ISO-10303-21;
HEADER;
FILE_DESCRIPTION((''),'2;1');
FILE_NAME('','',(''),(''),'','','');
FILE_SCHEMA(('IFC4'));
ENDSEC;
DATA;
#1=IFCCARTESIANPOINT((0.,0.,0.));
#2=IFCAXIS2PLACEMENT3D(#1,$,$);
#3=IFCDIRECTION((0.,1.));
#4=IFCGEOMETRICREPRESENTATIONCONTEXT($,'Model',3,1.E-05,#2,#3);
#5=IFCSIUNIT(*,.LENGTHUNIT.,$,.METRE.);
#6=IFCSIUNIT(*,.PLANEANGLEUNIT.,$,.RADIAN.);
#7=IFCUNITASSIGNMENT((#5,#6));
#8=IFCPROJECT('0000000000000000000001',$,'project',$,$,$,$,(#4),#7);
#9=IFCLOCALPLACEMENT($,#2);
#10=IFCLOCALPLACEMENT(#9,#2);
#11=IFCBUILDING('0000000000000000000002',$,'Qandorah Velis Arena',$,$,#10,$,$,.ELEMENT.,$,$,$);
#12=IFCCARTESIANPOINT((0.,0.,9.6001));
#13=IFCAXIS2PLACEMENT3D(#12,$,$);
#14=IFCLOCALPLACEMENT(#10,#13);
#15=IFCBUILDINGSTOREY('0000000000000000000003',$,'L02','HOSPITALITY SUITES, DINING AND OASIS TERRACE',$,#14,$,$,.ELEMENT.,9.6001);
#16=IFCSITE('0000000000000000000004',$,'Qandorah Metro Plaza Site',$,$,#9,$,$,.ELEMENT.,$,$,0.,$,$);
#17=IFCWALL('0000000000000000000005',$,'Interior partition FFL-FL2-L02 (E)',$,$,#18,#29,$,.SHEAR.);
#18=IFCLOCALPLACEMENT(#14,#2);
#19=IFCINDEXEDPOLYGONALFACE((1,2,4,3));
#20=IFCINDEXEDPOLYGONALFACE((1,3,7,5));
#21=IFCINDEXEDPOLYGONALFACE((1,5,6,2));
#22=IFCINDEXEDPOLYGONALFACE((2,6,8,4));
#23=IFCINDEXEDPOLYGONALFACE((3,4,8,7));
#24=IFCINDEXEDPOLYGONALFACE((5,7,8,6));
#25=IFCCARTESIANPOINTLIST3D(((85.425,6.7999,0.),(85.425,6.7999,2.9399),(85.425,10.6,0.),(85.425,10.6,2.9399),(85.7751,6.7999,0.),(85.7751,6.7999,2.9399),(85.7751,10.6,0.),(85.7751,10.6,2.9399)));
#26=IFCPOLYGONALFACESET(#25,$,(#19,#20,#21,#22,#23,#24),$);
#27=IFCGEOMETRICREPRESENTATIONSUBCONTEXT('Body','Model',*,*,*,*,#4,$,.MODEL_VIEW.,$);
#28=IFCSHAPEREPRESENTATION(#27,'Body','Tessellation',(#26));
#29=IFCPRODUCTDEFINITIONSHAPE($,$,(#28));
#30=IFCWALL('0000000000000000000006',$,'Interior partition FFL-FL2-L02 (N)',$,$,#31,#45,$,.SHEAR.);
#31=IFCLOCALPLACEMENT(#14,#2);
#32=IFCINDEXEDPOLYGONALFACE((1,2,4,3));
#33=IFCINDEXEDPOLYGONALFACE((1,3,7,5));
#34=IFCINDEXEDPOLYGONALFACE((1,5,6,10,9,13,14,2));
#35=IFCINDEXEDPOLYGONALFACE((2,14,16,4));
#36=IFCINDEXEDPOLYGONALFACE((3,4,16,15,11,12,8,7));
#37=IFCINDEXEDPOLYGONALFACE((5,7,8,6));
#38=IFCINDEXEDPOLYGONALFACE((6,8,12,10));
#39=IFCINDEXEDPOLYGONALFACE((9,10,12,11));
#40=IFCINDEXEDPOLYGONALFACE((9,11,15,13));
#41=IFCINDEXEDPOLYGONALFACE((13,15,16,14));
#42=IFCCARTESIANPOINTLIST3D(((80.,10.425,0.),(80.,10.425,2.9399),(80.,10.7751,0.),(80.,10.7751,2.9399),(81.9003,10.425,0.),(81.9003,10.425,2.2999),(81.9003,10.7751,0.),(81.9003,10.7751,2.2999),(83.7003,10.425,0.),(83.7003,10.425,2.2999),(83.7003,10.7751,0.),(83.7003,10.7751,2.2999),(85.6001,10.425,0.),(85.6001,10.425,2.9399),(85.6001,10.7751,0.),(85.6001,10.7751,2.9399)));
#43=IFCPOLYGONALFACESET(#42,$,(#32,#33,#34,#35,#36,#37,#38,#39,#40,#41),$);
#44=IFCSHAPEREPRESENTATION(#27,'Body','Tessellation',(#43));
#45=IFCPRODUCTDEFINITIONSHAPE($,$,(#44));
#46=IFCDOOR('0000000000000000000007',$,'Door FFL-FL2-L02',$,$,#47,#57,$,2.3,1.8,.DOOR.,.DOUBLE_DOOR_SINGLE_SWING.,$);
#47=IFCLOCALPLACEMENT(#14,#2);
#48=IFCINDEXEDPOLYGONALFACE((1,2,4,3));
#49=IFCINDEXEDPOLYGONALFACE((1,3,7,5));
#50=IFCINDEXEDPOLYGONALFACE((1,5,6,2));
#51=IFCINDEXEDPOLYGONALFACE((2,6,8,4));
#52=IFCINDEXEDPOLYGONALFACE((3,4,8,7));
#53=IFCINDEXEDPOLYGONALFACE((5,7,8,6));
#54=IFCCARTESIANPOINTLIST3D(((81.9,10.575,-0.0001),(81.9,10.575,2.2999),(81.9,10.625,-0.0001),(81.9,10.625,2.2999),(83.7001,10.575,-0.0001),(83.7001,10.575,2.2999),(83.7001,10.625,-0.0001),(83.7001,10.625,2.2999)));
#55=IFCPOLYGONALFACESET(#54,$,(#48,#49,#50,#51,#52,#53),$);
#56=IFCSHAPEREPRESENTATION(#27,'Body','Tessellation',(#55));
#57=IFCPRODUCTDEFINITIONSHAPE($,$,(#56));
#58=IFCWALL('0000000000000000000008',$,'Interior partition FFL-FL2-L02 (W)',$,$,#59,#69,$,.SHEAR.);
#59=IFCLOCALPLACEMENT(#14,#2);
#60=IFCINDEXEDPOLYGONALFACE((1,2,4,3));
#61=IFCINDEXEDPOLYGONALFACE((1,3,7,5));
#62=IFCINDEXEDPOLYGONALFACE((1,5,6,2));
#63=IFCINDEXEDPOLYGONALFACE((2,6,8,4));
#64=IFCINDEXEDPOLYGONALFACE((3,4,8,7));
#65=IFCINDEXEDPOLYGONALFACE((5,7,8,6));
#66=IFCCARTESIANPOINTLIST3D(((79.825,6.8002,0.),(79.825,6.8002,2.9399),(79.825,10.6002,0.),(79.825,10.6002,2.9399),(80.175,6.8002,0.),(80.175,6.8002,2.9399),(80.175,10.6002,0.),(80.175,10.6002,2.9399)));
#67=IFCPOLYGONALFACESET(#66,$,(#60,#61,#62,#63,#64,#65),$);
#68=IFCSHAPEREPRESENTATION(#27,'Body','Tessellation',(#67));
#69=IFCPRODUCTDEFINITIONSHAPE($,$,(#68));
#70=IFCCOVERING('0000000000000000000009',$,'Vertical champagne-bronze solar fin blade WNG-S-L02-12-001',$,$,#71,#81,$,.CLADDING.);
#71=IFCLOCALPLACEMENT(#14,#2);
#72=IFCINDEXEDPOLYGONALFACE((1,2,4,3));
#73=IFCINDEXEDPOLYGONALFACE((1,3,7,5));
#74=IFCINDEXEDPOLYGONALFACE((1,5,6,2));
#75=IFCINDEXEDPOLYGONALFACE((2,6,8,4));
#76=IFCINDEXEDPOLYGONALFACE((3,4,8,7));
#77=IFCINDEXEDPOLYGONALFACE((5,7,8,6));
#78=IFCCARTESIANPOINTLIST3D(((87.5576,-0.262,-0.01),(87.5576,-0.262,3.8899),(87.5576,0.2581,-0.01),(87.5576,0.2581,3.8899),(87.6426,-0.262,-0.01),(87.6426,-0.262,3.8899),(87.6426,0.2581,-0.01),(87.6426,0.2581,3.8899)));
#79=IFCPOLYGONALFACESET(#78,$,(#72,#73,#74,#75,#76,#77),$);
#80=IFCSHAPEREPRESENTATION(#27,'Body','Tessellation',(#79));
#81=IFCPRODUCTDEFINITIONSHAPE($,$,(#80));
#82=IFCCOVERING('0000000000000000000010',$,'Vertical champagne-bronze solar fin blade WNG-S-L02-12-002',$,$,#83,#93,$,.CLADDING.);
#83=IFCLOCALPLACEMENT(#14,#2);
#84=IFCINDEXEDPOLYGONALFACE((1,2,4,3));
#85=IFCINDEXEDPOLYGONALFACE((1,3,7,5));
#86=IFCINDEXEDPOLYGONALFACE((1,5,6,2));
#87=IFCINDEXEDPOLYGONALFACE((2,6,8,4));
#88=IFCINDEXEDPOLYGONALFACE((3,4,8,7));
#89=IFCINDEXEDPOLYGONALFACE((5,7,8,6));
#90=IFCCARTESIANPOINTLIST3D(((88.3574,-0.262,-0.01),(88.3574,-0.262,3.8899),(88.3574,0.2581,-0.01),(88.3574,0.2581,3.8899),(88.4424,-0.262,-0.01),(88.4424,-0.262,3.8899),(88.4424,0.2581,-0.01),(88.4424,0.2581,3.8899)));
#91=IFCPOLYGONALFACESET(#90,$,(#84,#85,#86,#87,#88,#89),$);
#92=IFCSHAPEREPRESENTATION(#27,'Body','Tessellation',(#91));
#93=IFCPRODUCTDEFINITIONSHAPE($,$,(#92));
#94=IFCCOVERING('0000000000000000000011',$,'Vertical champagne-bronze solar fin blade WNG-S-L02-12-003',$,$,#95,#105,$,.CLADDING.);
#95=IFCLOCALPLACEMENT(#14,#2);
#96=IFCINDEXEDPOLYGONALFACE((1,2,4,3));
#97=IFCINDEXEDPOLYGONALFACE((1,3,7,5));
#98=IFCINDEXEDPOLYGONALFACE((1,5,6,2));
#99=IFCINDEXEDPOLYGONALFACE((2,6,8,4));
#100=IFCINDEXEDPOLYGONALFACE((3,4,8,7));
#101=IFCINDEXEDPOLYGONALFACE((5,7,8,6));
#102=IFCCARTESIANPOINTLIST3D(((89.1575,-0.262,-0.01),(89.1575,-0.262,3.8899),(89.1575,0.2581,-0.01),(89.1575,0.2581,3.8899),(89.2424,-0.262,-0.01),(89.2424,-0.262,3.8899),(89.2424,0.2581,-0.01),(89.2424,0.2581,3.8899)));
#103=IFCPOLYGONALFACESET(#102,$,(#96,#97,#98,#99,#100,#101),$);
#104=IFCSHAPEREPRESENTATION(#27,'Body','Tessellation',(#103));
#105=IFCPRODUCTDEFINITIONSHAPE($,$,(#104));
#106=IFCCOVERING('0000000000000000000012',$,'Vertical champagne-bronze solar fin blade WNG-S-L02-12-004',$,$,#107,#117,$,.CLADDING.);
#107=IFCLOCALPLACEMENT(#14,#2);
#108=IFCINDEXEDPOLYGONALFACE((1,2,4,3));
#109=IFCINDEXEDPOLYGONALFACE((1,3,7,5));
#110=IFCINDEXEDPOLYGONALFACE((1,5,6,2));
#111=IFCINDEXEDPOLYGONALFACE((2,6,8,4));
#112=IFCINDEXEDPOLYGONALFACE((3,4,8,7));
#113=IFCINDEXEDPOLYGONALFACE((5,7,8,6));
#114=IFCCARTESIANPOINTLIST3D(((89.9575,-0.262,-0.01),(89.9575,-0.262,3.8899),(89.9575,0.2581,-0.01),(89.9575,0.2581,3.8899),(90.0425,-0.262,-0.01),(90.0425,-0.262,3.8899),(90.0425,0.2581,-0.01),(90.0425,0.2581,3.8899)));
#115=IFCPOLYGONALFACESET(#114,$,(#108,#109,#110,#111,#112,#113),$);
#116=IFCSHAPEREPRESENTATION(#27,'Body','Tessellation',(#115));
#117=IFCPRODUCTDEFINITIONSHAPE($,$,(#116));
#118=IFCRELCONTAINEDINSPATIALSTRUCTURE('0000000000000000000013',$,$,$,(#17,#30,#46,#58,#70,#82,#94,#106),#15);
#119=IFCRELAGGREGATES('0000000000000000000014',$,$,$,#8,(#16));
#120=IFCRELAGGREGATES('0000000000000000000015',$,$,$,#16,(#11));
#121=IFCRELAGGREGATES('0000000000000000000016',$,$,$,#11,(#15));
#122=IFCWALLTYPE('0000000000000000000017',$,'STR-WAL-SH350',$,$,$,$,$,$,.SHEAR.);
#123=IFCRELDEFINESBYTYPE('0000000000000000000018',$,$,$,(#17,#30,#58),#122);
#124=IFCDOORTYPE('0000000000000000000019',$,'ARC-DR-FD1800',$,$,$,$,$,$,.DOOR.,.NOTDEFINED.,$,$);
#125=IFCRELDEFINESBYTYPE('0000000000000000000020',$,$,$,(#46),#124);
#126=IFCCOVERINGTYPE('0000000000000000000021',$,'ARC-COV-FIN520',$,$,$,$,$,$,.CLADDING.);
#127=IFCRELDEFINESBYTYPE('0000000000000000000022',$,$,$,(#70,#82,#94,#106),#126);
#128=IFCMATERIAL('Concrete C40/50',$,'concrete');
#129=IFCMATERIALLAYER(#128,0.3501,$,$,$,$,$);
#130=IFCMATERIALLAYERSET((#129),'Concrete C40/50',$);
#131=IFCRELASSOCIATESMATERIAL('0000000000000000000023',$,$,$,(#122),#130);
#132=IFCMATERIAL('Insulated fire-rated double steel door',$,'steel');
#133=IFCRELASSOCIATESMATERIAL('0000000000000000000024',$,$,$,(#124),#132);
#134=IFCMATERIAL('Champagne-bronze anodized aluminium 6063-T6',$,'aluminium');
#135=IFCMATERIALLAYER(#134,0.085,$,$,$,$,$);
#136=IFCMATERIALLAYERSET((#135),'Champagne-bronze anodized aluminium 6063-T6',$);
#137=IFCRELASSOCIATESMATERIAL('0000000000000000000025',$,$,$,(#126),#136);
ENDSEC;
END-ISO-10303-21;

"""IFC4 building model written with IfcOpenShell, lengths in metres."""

from ifc_helpers import new_model, si_unit, direction, frame, frame_2d, origin, origin_2d, place, context, subcontext, project, spatial, rectangle, extrude, material, layer, layer_set, type_object, element, fill, save


model = new_model("IFC4")

# Units and contexts
model_context = context("Model", 3, precision=1e-05, world=origin(), true_north=direction((0.0, 1.0)))
body_context = subcontext(model_context, "Body", "Model", "MODEL_VIEW")
ifc_project = project(units=[si_unit("LENGTHUNIT", "METRE"), si_unit("PLANEANGLEUNIT", "RADIAN")], contexts=[model_context])

# Site, building, storey
site_placement = place(None, origin())
site = spatial("IfcSite", under=ifc_project, at=site_placement, Name="Qandorah Metro Plaza Site", CompositionType="ELEMENT", RefElevation=0.0)
building_placement = place(site_placement, origin())
building = spatial("IfcBuilding", under=site, at=building_placement, Name="Qandorah Velis Arena", CompositionType="ELEMENT")
storey_placement = place(building_placement, frame((0.0, 0.0, 9.6001)))
storey = spatial("IfcBuildingStorey", under=building, at=storey_placement, Name="L02", Description="HOSPITALITY SUITES, DINING AND OASIS TERRACE", CompositionType="ELEMENT", Elevation=9.6001)

# Shared definitions
ifc_material_1 = material(Name="Concrete C40/50", Category="concrete")

# Shared definitions
ifc_material_2 = material(Name="Champagne-bronze anodized aluminium 6063-T6", Category="aluminium")

# Wall
ifc_layer_1 = layer(ifc_material_1, 0.3501)
ifc_layer_set_1 = layer_set([ifc_layer_1], Name="Concrete C40/50")
wall_type_1 = type_object("IfcWallType", Name="STR-WAL-SH350", PredefinedType="SHEAR", material=ifc_layer_set_1)
wall_1_placement = place(storey_placement, frame((85.6001, 6.8, 0.0), z_axis=(0.0, 0.0, 1.0), x_axis=(0.0, 1.0, 0.0)))
element("IfcWall", 1, at=wall_1_placement, inside=storey, type_object=wall_type_1, Name="Interior partition FFL-FL2-L02 (E)", PredefinedType="SHEAR", context=body_context, shape_type="SweptSolid", body=[
    extrude(rectangle(XDim=3.8, YDim=0.3501, at=frame_2d((1.8999, 0.0))), origin(), (0.0, 0.0, 1.0), 2.9399),
])

# Wall, opening, door
wall_2_placement = place(storey_placement, frame((85.6001, 10.6001, 0.0), z_axis=(0.0, 0.0, 1.0), x_axis=(-1.0, 0.0, 0.0)))
wall_2 = element("IfcWall", 2, at=wall_2_placement, inside=storey, type_object=wall_type_1, Name="Interior partition FFL-FL2-L02 (N)", PredefinedType="SHEAR", context=body_context, shape_type="SweptSolid", body=[
    extrude(rectangle(XDim=5.6001, YDim=0.3501, at=frame_2d((2.8, 0.0))), origin(), (0.0, 0.0, 1.0), 2.9399),
])
opening_placement = place(wall_2_placement, frame((1.8999, 0.0, 0.0)))
opening = element("IfcOpeningElement", 3, at=opening_placement, cuts=wall_2, PredefinedType="OPENING", context=body_context, shape_type="SweptSolid", body=[
    extrude(rectangle(XDim=1.8, YDim=2.3, at=frame_2d((0.8999, 1.1499))), frame((0.0, 0.1851, 0.0), z_axis=(0.0, -1.0, 0.0), x_axis=(1.0, 0.0, 0.0)), (0.0, 0.0, 1.0), 0.3701),
])
ifc_material_3 = material(Name="Insulated fire-rated double steel door", Category="steel")
door_type = type_object("IfcDoorType", Name="ARC-DR-FD1800", OperationType="NOTDEFINED", PredefinedType="DOOR", material=ifc_material_3)
door_placement = place(opening_placement, frame((1.8, 0.0, 0.0), z_axis=(0.0, 0.0, 1.0), x_axis=(-1.0, 0.0, 0.0)))
door = element("IfcDoor", 4, at=door_placement, inside=storey, type_object=door_type, Name="Door FFL-FL2-L02", OperationType="DOUBLE_DOOR_SINGLE_SWING", OverallHeight=2.3, OverallWidth=1.8, PredefinedType="DOOR", context=body_context, shape_type="SweptSolid", body=[
    extrude(rectangle(XDim=1.8, YDim=2.3, at=frame_2d((0.8999, 1.1499))), frame((0.0, 0.0249, 0.0), z_axis=(0.0, -1.0, 0.0), x_axis=(1.0, 0.0, 0.0)), (0.0, 0.0, 1.0), 0.05),
])
fill(opening, door)

# Wall
wall_3_placement = place(storey_placement, frame((80.0, 10.6001, 0.0), z_axis=(0.0, 0.0, 1.0), x_axis=(0.0, -1.0, 0.0)))
element("IfcWall", 5, at=wall_3_placement, inside=storey, type_object=wall_type_1, Name="Interior partition FFL-FL2-L02 (W)", PredefinedType="SHEAR", context=body_context, shape_type="SweptSolid", body=[
    extrude(rectangle(XDim=3.8, YDim=0.3501, at=frame_2d((1.8999, 0.0))), origin(), (0.0, 0.0, 1.0), 2.9399),
])

# Coverings
ifc_layer_2 = layer(ifc_material_2, 0.085)
ifc_layer_set_2 = layer_set([ifc_layer_2], Name="Champagne-bronze anodized aluminium 6063-T6")
covering_type = type_object("IfcCoveringType", Name="ARC-COV-FIN520", PredefinedType="CLADDING", material=ifc_layer_set_2)
for number, where, z_axis, x_axis, name in (
    (6, (87.6001, -0.002, -0.01), (0.0, 0.0, 1.0), (1.0, 0.0, 0.0), "Vertical champagne-bronze solar fin blade WNG-S-L02-12-001"),
    (7, (88.3999, -0.002, -0.01), (0.0, 0.0, 1.0), (1.0, 0.0, 0.0), "Vertical champagne-bronze solar fin blade WNG-S-L02-12-002"),
    (8, (89.2, -0.002, -0.01), (0.0, 0.0, 1.0), (1.0, 0.0, 0.0), "Vertical champagne-bronze solar fin blade WNG-S-L02-12-003"),
    (9, (90.0, -0.002, -0.01), (0.0, 0.0, 1.0), (1.0, 0.0, 0.0), "Vertical champagne-bronze solar fin blade WNG-S-L02-12-004"),
):
    element("IfcCovering", number, at=place(storey_placement, frame(where, z_axis=z_axis, x_axis=x_axis)), inside=storey, type_object=covering_type, Name=name, PredefinedType="CLADDING", context=body_context, shape_type="SweptSolid", body=[
        extrude(rectangle(XDim=0.085, YDim=0.52, at=origin_2d()), origin(), (0.0, 0.0, 1.0), 3.8999),
    ])

save(model, "model.ifc")
